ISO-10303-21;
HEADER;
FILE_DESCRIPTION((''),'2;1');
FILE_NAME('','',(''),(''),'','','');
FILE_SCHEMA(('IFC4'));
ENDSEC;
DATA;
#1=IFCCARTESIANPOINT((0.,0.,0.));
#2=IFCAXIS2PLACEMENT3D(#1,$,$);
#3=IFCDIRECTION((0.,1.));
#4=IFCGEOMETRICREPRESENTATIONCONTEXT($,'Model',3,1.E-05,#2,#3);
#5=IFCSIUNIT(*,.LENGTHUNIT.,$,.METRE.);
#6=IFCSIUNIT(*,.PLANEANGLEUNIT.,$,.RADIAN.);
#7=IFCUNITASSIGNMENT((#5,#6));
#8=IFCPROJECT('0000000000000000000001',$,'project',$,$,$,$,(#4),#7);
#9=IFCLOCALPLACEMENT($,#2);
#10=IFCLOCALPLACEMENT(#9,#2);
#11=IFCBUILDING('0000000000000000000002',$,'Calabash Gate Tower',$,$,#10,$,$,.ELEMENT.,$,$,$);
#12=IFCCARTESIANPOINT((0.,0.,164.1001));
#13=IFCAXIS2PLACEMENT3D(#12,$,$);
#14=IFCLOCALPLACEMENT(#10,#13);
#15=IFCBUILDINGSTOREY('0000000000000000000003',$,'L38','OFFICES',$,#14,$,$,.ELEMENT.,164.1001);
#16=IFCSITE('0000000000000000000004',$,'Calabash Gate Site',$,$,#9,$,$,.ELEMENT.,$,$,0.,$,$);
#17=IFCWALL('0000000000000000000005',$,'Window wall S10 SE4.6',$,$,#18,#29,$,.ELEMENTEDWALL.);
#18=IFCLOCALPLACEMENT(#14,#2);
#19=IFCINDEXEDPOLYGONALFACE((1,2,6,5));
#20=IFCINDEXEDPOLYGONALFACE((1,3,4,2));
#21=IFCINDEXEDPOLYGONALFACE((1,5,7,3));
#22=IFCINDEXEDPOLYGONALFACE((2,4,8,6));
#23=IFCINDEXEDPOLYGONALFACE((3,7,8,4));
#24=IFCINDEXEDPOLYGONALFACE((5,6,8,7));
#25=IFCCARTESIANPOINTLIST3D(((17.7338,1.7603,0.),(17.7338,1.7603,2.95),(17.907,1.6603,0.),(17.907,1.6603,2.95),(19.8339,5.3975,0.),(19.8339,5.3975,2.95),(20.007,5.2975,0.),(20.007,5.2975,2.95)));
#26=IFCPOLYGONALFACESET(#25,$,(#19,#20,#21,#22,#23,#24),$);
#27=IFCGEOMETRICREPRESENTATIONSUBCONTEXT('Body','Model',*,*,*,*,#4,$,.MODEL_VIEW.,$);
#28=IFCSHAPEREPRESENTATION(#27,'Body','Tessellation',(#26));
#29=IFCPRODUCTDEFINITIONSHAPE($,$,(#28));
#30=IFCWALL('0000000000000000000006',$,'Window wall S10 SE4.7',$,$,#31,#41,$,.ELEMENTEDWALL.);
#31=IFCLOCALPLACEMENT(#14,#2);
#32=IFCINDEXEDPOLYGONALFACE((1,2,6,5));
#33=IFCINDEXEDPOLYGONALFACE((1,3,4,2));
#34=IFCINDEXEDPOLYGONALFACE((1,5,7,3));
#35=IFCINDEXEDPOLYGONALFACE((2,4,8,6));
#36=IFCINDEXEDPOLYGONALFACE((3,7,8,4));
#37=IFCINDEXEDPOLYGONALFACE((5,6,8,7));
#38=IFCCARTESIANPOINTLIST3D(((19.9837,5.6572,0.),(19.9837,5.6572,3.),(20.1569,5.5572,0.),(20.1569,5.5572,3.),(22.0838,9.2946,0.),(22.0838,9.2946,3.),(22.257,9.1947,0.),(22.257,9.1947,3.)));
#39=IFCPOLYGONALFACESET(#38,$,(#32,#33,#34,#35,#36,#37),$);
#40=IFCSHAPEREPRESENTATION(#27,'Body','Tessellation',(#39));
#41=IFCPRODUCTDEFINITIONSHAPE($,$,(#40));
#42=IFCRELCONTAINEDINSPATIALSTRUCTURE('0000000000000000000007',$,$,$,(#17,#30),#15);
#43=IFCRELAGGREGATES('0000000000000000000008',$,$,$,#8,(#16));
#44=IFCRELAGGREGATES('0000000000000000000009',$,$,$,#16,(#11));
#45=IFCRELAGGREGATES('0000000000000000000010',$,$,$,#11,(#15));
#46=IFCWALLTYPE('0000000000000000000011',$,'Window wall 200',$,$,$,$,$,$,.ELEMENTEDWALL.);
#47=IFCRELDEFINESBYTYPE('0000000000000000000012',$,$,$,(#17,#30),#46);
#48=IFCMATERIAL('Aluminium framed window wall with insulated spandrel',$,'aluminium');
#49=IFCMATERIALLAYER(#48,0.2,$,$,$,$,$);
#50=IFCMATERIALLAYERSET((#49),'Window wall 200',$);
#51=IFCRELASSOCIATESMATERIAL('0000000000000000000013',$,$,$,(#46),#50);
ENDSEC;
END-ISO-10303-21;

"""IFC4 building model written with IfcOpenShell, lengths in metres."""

from ifc_helpers import new_model, si_unit, direction, frame, frame_2d, origin, place, context, subcontext, project, spatial, rectangle, extrude, material, layer, layer_set, type_object, element, save


model = new_model("IFC4")

# Units and contexts
model_context = context("Model", 3, precision=1e-05, world=origin(), true_north=direction((0.0, 1.0)))
body_context = subcontext(model_context, "Body", "Model", "MODEL_VIEW")
ifc_project = project(units=[si_unit("LENGTHUNIT", "METRE"), si_unit("PLANEANGLEUNIT", "RADIAN")], contexts=[model_context])

# Site, building, storey
site_placement = place(None, origin())
site = spatial("IfcSite", under=ifc_project, at=site_placement, Name="Calabash Gate Site", CompositionType="ELEMENT", RefElevation=0.0)
building_placement = place(site_placement, origin())
building = spatial("IfcBuilding", under=site, at=building_placement, Name="Calabash Gate Tower", CompositionType="ELEMENT")
storey_placement = place(building_placement, frame((0.0, 0.0, 164.1001)))
storey = spatial("IfcBuildingStorey", under=building, at=storey_placement, Name="L38", Description="OFFICES", CompositionType="ELEMENT", Elevation=164.1001)

# Walls
ifc_material_1 = material(Name="Aluminium framed window wall with insulated spandrel", Category="aluminium")
ifc_layer_1 = layer(ifc_material_1, 0.2)
ifc_layer_set_1 = layer_set([ifc_layer_1], Name="Window wall 200")
wall_type_1 = type_object("IfcWallType", Name="Window wall 200", PredefinedType="ELEMENTEDWALL", material=ifc_layer_set_1)
wall_1_placement = place(storey_placement, frame((17.8203, 1.7102, 0.0), z_axis=(0.0, 0.0, 1.0), x_axis=(0.500028, 0.866009, 0.0)))
element("IfcWall", 1, at=wall_1_placement, inside=storey, type_object=wall_type_1, Name="Window wall S10 SE4.6", PredefinedType="ELEMENTEDWALL", context=body_context, shape_type="SweptSolid", body=[
    extrude(rectangle(XDim=4.2, YDim=0.2, at=frame_2d((2.1001, 0.0))), origin(), (0.0, 0.0, 1.0), 2.95),
])
wall_2_placement = place(storey_placement, frame((20.0703, 5.6072, 0.0), z_axis=(0.0, 0.0, 1.0), x_axis=(0.500003, 0.866024, 0.0)))
element("IfcWall", 2, at=wall_2_placement, inside=storey, type_object=wall_type_1, Name="Window wall S10 SE4.7", PredefinedType="ELEMENTEDWALL", context=body_context, shape_type="SweptSolid", body=[
    extrude(rectangle(XDim=4.2002, YDim=0.2, at=frame_2d((2.1001, 0.0))), origin(), (0.0, 0.0, 1.0), 3.0),
])

save(model, "model.ifc")
